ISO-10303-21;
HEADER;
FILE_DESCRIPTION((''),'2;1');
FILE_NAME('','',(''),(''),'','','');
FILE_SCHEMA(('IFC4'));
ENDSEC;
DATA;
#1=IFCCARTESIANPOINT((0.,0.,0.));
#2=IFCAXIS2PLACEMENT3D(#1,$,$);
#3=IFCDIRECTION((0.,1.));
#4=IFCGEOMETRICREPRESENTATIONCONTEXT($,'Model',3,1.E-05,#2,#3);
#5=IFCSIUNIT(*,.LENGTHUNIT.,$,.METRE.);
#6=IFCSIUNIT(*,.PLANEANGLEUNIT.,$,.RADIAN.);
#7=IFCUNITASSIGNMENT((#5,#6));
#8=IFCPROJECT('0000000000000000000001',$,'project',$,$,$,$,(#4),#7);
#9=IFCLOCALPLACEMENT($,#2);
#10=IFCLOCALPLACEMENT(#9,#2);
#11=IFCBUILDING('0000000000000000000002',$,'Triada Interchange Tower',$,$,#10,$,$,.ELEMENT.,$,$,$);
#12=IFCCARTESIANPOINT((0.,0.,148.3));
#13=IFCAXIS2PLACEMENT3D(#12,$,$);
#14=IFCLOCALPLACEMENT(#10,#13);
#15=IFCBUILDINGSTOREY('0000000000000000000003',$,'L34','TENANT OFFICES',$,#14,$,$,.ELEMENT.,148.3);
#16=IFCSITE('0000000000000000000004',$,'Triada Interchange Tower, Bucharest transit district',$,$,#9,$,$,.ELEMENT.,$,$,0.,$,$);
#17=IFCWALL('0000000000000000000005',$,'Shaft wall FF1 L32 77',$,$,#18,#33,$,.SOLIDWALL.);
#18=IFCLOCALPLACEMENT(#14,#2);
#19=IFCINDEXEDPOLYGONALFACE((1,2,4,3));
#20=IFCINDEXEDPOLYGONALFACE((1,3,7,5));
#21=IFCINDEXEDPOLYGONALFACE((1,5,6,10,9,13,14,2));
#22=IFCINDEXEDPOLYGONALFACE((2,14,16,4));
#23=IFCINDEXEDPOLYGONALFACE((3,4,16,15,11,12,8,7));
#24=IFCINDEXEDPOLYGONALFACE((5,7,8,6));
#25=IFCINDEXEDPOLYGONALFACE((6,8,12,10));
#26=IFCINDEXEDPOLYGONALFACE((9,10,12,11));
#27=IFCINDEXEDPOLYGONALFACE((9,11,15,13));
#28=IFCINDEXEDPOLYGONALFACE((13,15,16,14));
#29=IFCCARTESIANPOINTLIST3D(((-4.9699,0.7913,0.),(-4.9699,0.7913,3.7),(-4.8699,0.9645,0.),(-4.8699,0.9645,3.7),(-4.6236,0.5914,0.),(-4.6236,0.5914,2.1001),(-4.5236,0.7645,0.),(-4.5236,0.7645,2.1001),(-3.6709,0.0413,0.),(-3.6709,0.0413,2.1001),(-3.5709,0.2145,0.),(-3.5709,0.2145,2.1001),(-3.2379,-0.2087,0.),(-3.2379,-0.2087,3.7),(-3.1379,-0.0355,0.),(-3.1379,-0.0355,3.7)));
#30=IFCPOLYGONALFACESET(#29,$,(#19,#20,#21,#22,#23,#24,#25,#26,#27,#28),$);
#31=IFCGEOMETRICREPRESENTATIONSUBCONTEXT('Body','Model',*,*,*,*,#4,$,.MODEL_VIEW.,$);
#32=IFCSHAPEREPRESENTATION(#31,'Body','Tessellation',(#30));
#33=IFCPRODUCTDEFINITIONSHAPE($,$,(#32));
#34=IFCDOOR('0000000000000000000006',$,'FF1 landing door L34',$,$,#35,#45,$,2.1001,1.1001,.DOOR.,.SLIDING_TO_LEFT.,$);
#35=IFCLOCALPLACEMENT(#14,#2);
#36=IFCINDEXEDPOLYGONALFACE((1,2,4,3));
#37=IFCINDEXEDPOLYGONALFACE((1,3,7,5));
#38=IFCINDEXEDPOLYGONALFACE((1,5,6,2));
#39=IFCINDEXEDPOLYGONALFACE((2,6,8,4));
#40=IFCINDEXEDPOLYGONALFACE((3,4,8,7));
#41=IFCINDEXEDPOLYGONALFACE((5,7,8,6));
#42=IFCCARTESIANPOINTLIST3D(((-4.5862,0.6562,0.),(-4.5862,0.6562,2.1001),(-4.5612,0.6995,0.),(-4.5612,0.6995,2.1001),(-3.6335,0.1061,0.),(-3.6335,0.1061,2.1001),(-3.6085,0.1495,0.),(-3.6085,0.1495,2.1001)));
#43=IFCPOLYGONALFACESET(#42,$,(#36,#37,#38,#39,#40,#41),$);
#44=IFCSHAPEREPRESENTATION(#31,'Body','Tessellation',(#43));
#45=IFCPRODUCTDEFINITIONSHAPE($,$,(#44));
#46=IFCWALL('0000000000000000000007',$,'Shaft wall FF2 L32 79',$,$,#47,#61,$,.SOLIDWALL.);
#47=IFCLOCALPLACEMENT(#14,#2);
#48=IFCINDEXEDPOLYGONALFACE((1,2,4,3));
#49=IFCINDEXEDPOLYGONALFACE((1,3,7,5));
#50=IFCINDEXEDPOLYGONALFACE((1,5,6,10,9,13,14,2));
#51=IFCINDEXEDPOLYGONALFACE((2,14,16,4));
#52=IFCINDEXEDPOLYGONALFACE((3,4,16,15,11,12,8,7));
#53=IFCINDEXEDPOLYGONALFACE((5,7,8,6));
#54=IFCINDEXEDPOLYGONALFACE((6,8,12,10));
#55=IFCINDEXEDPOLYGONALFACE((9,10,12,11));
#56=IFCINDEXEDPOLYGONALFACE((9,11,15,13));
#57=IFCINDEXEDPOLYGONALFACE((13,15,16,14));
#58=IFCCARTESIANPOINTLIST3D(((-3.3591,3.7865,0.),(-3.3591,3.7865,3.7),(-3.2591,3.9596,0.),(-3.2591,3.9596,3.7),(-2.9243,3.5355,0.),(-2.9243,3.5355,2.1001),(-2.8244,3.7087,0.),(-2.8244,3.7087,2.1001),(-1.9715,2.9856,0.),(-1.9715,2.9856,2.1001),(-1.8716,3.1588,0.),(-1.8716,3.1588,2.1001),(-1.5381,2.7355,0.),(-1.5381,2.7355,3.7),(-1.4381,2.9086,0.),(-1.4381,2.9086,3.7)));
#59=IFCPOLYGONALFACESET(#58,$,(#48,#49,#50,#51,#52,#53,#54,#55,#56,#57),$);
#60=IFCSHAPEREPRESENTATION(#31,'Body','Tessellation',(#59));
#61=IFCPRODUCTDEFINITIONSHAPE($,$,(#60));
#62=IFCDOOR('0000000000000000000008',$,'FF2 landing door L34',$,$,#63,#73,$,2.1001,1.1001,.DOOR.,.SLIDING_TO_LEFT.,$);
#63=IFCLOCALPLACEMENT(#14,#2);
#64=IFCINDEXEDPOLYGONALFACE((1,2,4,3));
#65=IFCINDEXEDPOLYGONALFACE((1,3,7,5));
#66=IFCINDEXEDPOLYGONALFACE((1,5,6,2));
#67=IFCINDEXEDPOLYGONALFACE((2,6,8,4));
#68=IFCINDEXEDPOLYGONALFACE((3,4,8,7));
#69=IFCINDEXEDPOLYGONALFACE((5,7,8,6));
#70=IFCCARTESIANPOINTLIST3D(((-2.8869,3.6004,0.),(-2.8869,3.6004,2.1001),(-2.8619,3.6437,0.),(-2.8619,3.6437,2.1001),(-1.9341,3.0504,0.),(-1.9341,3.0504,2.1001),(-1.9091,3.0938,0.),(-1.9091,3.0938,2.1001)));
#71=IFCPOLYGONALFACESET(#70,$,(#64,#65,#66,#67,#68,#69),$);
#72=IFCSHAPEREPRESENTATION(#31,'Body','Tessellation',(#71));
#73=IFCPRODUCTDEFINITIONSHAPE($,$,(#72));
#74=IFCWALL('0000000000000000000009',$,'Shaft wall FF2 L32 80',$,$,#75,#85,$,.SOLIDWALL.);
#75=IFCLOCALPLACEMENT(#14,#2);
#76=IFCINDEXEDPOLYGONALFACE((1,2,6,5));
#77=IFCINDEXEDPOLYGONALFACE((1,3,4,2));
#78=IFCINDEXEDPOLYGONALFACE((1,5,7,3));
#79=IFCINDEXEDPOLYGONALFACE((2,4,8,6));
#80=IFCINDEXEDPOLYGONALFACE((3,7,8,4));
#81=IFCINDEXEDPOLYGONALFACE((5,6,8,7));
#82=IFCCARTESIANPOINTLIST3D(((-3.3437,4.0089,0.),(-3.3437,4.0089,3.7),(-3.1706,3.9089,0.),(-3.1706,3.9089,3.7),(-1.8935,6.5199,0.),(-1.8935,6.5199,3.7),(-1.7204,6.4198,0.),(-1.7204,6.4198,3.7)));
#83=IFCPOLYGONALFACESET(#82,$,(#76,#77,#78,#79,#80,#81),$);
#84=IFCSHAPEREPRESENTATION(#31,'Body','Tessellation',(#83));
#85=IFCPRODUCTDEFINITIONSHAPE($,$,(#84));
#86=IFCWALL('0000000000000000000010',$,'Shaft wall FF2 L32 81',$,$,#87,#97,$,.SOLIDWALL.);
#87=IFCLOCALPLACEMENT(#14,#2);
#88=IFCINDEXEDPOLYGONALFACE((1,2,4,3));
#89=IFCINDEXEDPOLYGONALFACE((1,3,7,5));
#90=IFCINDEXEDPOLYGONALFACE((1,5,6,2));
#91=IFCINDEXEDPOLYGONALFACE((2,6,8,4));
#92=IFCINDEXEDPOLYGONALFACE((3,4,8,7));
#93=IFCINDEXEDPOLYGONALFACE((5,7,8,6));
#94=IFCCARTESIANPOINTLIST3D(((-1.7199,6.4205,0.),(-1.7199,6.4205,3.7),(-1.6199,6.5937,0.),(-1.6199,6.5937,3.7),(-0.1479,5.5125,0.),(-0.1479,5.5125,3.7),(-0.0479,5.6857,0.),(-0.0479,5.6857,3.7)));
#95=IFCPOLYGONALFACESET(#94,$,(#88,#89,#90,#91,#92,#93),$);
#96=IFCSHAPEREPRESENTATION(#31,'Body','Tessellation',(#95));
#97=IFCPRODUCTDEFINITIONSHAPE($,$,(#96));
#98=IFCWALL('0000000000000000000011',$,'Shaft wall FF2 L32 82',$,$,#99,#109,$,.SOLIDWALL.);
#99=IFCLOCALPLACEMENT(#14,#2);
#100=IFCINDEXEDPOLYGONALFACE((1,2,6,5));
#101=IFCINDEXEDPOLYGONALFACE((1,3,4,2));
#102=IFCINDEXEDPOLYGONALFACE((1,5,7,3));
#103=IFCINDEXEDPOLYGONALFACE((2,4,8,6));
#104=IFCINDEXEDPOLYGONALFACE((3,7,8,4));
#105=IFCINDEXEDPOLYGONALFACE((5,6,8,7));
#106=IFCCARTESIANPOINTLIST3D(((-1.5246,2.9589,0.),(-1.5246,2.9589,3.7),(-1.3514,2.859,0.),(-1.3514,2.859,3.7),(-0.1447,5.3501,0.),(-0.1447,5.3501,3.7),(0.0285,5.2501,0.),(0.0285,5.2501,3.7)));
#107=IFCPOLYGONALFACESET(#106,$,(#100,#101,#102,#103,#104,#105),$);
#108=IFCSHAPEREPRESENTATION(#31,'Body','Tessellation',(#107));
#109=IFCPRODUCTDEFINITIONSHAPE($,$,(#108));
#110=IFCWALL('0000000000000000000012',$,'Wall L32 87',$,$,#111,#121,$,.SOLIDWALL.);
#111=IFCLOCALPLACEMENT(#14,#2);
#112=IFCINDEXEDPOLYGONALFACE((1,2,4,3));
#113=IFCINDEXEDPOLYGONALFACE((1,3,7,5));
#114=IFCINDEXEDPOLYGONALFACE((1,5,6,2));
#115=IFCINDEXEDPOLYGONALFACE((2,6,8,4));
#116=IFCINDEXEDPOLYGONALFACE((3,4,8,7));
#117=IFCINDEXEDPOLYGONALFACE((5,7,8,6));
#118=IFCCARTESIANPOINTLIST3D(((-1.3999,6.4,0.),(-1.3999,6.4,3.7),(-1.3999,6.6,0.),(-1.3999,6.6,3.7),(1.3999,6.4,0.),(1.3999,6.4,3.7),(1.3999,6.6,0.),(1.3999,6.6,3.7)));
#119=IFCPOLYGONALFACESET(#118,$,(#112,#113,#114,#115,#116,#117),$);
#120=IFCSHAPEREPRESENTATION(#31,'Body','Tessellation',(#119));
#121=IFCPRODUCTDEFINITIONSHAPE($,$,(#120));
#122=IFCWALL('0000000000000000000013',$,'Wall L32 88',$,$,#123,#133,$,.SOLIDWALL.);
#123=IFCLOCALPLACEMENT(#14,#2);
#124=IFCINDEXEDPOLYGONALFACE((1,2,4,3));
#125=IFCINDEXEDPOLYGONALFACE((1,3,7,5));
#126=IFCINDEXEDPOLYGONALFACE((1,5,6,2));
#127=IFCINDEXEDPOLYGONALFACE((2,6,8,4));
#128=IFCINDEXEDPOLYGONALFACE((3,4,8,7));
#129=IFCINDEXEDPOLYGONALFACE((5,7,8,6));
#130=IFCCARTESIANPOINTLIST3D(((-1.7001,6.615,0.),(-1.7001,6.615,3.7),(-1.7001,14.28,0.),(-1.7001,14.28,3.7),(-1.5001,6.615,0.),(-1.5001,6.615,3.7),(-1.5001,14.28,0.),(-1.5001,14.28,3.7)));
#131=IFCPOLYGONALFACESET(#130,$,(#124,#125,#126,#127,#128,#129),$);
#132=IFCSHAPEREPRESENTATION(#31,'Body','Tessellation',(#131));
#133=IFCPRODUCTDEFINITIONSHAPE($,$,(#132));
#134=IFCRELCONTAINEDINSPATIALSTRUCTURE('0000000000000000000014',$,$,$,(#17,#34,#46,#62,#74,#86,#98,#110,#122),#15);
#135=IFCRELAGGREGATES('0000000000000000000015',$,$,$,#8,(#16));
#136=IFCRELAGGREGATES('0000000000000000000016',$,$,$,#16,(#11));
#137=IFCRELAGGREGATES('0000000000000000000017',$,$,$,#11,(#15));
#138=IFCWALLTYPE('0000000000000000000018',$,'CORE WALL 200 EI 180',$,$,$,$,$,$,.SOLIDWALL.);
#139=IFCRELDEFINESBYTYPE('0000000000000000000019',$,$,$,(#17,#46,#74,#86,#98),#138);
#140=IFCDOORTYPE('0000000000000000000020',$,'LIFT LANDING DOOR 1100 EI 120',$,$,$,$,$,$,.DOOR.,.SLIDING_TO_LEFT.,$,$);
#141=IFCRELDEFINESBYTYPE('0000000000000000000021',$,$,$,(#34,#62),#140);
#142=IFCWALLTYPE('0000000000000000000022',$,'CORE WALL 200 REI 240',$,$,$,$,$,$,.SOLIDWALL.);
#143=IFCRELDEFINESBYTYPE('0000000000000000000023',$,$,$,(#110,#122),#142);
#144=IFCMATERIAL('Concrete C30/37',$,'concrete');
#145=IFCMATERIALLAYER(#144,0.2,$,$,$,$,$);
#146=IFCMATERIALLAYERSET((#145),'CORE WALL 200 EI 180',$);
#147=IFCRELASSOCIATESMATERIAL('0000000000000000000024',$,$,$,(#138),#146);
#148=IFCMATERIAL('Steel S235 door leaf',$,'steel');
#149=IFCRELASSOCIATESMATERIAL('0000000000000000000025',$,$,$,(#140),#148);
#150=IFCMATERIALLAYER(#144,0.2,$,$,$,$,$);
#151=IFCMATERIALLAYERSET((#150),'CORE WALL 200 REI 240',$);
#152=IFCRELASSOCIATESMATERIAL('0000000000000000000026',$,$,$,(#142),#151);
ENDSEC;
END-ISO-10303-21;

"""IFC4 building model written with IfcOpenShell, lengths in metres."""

from ifc_helpers import new_model, si_unit, direction, frame, frame_2d, origin, place, context, subcontext, project, spatial, rectangle, extrude, material, layer, layer_set, type_object, element, fill, save


model = new_model("IFC4")

# Units and contexts
model_context = context("Model", 3, precision=1e-05, world=origin(), true_north=direction((0.0, 1.0)))
body_context = subcontext(model_context, "Body", "Model", "MODEL_VIEW")
ifc_project = project(units=[si_unit("LENGTHUNIT", "METRE"), si_unit("PLANEANGLEUNIT", "RADIAN")], contexts=[model_context])

# Site, building, storey
site_placement = place(None, origin())
site = spatial("IfcSite", under=ifc_project, at=site_placement, Name="Triada Interchange Tower, Bucharest transit district", CompositionType="ELEMENT", RefElevation=0.0)
building_placement = place(site_placement, origin())
building = spatial("IfcBuilding", under=site, at=building_placement, Name="Triada Interchange Tower", CompositionType="ELEMENT")
storey_placement = place(building_placement, frame((0.0, 0.0, 148.3)))
storey = spatial("IfcBuildingStorey", under=building, at=storey_placement, Name="L34", Description="TENANT OFFICES", CompositionType="ELEMENT", Elevation=148.3)

# Shared definitions
ifc_material_1 = material(Name="Concrete C30/37", Category="concrete")

# Shared definitions
ifc_layer_1 = layer(ifc_material_1, 0.2)
ifc_layer_set_1 = layer_set([ifc_layer_1], Name="CORE WALL 200 EI 180")
wall_type_1 = type_object("IfcWallType", Name="CORE WALL 200 EI 180", PredefinedType="SOLIDWALL", material=ifc_layer_set_1)
ifc_material_2 = material(Name="Steel S235 door leaf", Category="steel")
door_type_1 = type_object("IfcDoorType", Name="LIFT LANDING DOOR 1100 EI 120", OperationType="SLIDING_TO_LEFT", PredefinedType="DOOR", material=ifc_material_2)

# Walls, openings, doors
wall_1_placement = place(storey_placement, frame((-4.9199, 0.8779, 0.0), z_axis=(0.0, 0.0, 1.0), x_axis=(0.866011, -0.500025, 0.0)))
wall_1 = element("IfcWall", 1, at=wall_1_placement, inside=storey, type_object=wall_type_1, Name="Shaft wall FF1 L32 77", PredefinedType="SOLIDWALL", context=body_context, shape_type="SweptSolid", body=[
    extrude(rectangle(XDim=2.0, YDim=0.2, at=frame_2d((1.0, 0.0))), origin(), (0.0, 0.0, 1.0), 3.7),
])
opening_1_placement = place(wall_1_placement, frame((0.3999, 0.0, 0.0)))
opening_1 = element("IfcOpeningElement", 2, at=opening_1_placement, cuts=wall_1, PredefinedType="OPENING", context=body_context, shape_type="SweptSolid", body=[
    extrude(rectangle(XDim=1.1001, YDim=2.1001, at=frame_2d((0.55, 1.05))), frame((0.0, 0.1099, 0.0), z_axis=(0.0, -1.0, 0.0), x_axis=(1.0, 0.0, 0.0)), (0.0, 0.0, 1.0), 0.22),
])
door_1_placement = place(opening_1_placement, origin())
door_1 = element("IfcDoor", 3, at=door_1_placement, inside=storey, type_object=door_type_1, Name="FF1 landing door L34", OperationType="SLIDING_TO_LEFT", OverallHeight=2.1001, OverallWidth=1.1001, PredefinedType="DOOR", context=body_context, shape_type="SweptSolid", body=[
    extrude(rectangle(XDim=1.1001, YDim=2.1001, at=frame_2d((0.55, 1.05))), frame((0.0, 0.0249, 0.0), z_axis=(0.0, -1.0, 0.0), x_axis=(1.0, 0.0, 0.0)), (0.0, 0.0, 1.0), 0.05),
])
fill(opening_1, door_1)
wall_2_placement = place(storey_placement, frame((-3.3091, 3.873, 0.0), z_axis=(0.0, 0.0, 1.0), x_axis=(0.866099, -0.499873, 0.0)))
wall_2 = element("IfcWall", 4, at=wall_2_placement, inside=storey, type_object=wall_type_1, Name="Shaft wall FF2 L32 79", PredefinedType="SOLIDWALL", context=body_context, shape_type="SweptSolid", body=[
    extrude(rectangle(XDim=2.1025, YDim=0.2, at=frame_2d((1.0513, 0.0))), origin(), (0.0, 0.0, 1.0), 3.7),
])
opening_2_placement = place(wall_2_placement, frame((0.502, 0.0, 0.0)))
opening_2 = element("IfcOpeningElement", 5, at=opening_2_placement, cuts=wall_2, PredefinedType="OPENING", context=body_context, shape_type="SweptSolid", body=[
    extrude(rectangle(XDim=1.1001, YDim=2.1001, at=frame_2d((0.55, 1.05))), frame((0.0, 0.1099, 0.0), z_axis=(0.0, -1.0, 0.0), x_axis=(1.0, 0.0, 0.0)), (0.0, 0.0, 1.0), 0.22),
])
door_2_placement = place(opening_2_placement, origin())
door_2 = element("IfcDoor", 6, at=door_2_placement, inside=storey, type_object=door_type_1, Name="FF2 landing door L34", OperationType="SLIDING_TO_LEFT", OverallHeight=2.1001, OverallWidth=1.1001, PredefinedType="DOOR", context=body_context, shape_type="SweptSolid", body=[
    extrude(rectangle(XDim=1.1001, YDim=2.1001, at=frame_2d((0.55, 1.05))), frame((0.0, 0.0249, 0.0), z_axis=(0.0, -1.0, 0.0), x_axis=(1.0, 0.0, 0.0)), (0.0, 0.0, 1.0), 0.05),
])
fill(opening_2, door_2)

# Walls
wall_3_placement = place(storey_placement, frame((-3.2571, 3.959, 0.0), z_axis=(0.0, 0.0, 1.0), x_axis=(0.500123, 0.865954, 0.0)))
element("IfcWall", 7, at=wall_3_placement, inside=storey, type_object=wall_type_1, Name="Shaft wall FF2 L32 80", PredefinedType="SOLIDWALL", context=body_context, shape_type="SweptSolid", body=[
    extrude(rectangle(XDim=2.8997, YDim=0.2, at=frame_2d((1.4497, 0.0))), origin(), (0.0, 0.0, 1.0), 3.7),
])
wall_4_placement = place(storey_placement, frame((-1.6699, 6.5071, 0.0), z_axis=(0.0, 0.0, 1.0), x_axis=(0.865941, -0.500145, 0.0)))
element("IfcWall", 8, at=wall_4_placement, inside=storey, type_object=wall_type_1, Name="Shaft wall FF2 L32 81", PredefinedType="SOLIDWALL", context=body_context, shape_type="SweptSolid", body=[
    extrude(rectangle(XDim=1.8154, YDim=0.2, at=frame_2d((0.9077, 0.0))), origin(), (0.0, 0.0, 1.0), 3.7),
])
wall_5_placement = place(storey_placement, frame((-1.438, 2.9089, 0.0), z_axis=(0.0, 0.0, 1.0), x_axis=(0.49983, 0.866124, 0.0)))
element("IfcWall", 9, at=wall_5_placement, inside=storey, type_object=wall_type_1, Name="Shaft wall FF2 L32 82", PredefinedType="SOLIDWALL", context=body_context, shape_type="SweptSolid", body=[
    extrude(rectangle(XDim=2.7607, YDim=0.2, at=frame_2d((1.3804, 0.0))), origin(), (0.0, 0.0, 1.0), 3.7),
])
ifc_layer_2 = layer(ifc_material_1, 0.2)
ifc_layer_set_2 = layer_set([ifc_layer_2], Name="CORE WALL 200 REI 240")
wall_type_2 = type_object("IfcWallType", Name="CORE WALL 200 REI 240", PredefinedType="SOLIDWALL", material=ifc_layer_set_2)
wall_6_placement = place(storey_placement, frame((-1.3999, 6.5, 0.0), z_axis=(0.0, 0.0, 1.0), x_axis=(1.0, 0.0, 0.0)))
element("IfcWall", 10, at=wall_6_placement, inside=storey, type_object=wall_type_2, Name="Wall L32 87", PredefinedType="SOLIDWALL", context=body_context, shape_type="SweptSolid", body=[
    extrude(rectangle(XDim=2.7998, YDim=0.2, at=frame_2d((1.3999, 0.0))), origin(), (0.0, 0.0, 1.0), 3.7),
])
wall_7_placement = place(storey_placement, frame((-1.6001, 6.615, 0.0), z_axis=(0.0, 0.0, 1.0), x_axis=(0.0, 1.0, 0.0)))
element("IfcWall", 11, at=wall_7_placement, inside=storey, type_object=wall_type_2, Name="Wall L32 88", PredefinedType="SOLIDWALL", context=body_context, shape_type="SweptSolid", body=[
    extrude(rectangle(XDim=7.665, YDim=0.2, at=frame_2d((3.8325, 0.0))), origin(), (0.0, 0.0, 1.0), 3.7),
])

save(model, "model.ifc")
